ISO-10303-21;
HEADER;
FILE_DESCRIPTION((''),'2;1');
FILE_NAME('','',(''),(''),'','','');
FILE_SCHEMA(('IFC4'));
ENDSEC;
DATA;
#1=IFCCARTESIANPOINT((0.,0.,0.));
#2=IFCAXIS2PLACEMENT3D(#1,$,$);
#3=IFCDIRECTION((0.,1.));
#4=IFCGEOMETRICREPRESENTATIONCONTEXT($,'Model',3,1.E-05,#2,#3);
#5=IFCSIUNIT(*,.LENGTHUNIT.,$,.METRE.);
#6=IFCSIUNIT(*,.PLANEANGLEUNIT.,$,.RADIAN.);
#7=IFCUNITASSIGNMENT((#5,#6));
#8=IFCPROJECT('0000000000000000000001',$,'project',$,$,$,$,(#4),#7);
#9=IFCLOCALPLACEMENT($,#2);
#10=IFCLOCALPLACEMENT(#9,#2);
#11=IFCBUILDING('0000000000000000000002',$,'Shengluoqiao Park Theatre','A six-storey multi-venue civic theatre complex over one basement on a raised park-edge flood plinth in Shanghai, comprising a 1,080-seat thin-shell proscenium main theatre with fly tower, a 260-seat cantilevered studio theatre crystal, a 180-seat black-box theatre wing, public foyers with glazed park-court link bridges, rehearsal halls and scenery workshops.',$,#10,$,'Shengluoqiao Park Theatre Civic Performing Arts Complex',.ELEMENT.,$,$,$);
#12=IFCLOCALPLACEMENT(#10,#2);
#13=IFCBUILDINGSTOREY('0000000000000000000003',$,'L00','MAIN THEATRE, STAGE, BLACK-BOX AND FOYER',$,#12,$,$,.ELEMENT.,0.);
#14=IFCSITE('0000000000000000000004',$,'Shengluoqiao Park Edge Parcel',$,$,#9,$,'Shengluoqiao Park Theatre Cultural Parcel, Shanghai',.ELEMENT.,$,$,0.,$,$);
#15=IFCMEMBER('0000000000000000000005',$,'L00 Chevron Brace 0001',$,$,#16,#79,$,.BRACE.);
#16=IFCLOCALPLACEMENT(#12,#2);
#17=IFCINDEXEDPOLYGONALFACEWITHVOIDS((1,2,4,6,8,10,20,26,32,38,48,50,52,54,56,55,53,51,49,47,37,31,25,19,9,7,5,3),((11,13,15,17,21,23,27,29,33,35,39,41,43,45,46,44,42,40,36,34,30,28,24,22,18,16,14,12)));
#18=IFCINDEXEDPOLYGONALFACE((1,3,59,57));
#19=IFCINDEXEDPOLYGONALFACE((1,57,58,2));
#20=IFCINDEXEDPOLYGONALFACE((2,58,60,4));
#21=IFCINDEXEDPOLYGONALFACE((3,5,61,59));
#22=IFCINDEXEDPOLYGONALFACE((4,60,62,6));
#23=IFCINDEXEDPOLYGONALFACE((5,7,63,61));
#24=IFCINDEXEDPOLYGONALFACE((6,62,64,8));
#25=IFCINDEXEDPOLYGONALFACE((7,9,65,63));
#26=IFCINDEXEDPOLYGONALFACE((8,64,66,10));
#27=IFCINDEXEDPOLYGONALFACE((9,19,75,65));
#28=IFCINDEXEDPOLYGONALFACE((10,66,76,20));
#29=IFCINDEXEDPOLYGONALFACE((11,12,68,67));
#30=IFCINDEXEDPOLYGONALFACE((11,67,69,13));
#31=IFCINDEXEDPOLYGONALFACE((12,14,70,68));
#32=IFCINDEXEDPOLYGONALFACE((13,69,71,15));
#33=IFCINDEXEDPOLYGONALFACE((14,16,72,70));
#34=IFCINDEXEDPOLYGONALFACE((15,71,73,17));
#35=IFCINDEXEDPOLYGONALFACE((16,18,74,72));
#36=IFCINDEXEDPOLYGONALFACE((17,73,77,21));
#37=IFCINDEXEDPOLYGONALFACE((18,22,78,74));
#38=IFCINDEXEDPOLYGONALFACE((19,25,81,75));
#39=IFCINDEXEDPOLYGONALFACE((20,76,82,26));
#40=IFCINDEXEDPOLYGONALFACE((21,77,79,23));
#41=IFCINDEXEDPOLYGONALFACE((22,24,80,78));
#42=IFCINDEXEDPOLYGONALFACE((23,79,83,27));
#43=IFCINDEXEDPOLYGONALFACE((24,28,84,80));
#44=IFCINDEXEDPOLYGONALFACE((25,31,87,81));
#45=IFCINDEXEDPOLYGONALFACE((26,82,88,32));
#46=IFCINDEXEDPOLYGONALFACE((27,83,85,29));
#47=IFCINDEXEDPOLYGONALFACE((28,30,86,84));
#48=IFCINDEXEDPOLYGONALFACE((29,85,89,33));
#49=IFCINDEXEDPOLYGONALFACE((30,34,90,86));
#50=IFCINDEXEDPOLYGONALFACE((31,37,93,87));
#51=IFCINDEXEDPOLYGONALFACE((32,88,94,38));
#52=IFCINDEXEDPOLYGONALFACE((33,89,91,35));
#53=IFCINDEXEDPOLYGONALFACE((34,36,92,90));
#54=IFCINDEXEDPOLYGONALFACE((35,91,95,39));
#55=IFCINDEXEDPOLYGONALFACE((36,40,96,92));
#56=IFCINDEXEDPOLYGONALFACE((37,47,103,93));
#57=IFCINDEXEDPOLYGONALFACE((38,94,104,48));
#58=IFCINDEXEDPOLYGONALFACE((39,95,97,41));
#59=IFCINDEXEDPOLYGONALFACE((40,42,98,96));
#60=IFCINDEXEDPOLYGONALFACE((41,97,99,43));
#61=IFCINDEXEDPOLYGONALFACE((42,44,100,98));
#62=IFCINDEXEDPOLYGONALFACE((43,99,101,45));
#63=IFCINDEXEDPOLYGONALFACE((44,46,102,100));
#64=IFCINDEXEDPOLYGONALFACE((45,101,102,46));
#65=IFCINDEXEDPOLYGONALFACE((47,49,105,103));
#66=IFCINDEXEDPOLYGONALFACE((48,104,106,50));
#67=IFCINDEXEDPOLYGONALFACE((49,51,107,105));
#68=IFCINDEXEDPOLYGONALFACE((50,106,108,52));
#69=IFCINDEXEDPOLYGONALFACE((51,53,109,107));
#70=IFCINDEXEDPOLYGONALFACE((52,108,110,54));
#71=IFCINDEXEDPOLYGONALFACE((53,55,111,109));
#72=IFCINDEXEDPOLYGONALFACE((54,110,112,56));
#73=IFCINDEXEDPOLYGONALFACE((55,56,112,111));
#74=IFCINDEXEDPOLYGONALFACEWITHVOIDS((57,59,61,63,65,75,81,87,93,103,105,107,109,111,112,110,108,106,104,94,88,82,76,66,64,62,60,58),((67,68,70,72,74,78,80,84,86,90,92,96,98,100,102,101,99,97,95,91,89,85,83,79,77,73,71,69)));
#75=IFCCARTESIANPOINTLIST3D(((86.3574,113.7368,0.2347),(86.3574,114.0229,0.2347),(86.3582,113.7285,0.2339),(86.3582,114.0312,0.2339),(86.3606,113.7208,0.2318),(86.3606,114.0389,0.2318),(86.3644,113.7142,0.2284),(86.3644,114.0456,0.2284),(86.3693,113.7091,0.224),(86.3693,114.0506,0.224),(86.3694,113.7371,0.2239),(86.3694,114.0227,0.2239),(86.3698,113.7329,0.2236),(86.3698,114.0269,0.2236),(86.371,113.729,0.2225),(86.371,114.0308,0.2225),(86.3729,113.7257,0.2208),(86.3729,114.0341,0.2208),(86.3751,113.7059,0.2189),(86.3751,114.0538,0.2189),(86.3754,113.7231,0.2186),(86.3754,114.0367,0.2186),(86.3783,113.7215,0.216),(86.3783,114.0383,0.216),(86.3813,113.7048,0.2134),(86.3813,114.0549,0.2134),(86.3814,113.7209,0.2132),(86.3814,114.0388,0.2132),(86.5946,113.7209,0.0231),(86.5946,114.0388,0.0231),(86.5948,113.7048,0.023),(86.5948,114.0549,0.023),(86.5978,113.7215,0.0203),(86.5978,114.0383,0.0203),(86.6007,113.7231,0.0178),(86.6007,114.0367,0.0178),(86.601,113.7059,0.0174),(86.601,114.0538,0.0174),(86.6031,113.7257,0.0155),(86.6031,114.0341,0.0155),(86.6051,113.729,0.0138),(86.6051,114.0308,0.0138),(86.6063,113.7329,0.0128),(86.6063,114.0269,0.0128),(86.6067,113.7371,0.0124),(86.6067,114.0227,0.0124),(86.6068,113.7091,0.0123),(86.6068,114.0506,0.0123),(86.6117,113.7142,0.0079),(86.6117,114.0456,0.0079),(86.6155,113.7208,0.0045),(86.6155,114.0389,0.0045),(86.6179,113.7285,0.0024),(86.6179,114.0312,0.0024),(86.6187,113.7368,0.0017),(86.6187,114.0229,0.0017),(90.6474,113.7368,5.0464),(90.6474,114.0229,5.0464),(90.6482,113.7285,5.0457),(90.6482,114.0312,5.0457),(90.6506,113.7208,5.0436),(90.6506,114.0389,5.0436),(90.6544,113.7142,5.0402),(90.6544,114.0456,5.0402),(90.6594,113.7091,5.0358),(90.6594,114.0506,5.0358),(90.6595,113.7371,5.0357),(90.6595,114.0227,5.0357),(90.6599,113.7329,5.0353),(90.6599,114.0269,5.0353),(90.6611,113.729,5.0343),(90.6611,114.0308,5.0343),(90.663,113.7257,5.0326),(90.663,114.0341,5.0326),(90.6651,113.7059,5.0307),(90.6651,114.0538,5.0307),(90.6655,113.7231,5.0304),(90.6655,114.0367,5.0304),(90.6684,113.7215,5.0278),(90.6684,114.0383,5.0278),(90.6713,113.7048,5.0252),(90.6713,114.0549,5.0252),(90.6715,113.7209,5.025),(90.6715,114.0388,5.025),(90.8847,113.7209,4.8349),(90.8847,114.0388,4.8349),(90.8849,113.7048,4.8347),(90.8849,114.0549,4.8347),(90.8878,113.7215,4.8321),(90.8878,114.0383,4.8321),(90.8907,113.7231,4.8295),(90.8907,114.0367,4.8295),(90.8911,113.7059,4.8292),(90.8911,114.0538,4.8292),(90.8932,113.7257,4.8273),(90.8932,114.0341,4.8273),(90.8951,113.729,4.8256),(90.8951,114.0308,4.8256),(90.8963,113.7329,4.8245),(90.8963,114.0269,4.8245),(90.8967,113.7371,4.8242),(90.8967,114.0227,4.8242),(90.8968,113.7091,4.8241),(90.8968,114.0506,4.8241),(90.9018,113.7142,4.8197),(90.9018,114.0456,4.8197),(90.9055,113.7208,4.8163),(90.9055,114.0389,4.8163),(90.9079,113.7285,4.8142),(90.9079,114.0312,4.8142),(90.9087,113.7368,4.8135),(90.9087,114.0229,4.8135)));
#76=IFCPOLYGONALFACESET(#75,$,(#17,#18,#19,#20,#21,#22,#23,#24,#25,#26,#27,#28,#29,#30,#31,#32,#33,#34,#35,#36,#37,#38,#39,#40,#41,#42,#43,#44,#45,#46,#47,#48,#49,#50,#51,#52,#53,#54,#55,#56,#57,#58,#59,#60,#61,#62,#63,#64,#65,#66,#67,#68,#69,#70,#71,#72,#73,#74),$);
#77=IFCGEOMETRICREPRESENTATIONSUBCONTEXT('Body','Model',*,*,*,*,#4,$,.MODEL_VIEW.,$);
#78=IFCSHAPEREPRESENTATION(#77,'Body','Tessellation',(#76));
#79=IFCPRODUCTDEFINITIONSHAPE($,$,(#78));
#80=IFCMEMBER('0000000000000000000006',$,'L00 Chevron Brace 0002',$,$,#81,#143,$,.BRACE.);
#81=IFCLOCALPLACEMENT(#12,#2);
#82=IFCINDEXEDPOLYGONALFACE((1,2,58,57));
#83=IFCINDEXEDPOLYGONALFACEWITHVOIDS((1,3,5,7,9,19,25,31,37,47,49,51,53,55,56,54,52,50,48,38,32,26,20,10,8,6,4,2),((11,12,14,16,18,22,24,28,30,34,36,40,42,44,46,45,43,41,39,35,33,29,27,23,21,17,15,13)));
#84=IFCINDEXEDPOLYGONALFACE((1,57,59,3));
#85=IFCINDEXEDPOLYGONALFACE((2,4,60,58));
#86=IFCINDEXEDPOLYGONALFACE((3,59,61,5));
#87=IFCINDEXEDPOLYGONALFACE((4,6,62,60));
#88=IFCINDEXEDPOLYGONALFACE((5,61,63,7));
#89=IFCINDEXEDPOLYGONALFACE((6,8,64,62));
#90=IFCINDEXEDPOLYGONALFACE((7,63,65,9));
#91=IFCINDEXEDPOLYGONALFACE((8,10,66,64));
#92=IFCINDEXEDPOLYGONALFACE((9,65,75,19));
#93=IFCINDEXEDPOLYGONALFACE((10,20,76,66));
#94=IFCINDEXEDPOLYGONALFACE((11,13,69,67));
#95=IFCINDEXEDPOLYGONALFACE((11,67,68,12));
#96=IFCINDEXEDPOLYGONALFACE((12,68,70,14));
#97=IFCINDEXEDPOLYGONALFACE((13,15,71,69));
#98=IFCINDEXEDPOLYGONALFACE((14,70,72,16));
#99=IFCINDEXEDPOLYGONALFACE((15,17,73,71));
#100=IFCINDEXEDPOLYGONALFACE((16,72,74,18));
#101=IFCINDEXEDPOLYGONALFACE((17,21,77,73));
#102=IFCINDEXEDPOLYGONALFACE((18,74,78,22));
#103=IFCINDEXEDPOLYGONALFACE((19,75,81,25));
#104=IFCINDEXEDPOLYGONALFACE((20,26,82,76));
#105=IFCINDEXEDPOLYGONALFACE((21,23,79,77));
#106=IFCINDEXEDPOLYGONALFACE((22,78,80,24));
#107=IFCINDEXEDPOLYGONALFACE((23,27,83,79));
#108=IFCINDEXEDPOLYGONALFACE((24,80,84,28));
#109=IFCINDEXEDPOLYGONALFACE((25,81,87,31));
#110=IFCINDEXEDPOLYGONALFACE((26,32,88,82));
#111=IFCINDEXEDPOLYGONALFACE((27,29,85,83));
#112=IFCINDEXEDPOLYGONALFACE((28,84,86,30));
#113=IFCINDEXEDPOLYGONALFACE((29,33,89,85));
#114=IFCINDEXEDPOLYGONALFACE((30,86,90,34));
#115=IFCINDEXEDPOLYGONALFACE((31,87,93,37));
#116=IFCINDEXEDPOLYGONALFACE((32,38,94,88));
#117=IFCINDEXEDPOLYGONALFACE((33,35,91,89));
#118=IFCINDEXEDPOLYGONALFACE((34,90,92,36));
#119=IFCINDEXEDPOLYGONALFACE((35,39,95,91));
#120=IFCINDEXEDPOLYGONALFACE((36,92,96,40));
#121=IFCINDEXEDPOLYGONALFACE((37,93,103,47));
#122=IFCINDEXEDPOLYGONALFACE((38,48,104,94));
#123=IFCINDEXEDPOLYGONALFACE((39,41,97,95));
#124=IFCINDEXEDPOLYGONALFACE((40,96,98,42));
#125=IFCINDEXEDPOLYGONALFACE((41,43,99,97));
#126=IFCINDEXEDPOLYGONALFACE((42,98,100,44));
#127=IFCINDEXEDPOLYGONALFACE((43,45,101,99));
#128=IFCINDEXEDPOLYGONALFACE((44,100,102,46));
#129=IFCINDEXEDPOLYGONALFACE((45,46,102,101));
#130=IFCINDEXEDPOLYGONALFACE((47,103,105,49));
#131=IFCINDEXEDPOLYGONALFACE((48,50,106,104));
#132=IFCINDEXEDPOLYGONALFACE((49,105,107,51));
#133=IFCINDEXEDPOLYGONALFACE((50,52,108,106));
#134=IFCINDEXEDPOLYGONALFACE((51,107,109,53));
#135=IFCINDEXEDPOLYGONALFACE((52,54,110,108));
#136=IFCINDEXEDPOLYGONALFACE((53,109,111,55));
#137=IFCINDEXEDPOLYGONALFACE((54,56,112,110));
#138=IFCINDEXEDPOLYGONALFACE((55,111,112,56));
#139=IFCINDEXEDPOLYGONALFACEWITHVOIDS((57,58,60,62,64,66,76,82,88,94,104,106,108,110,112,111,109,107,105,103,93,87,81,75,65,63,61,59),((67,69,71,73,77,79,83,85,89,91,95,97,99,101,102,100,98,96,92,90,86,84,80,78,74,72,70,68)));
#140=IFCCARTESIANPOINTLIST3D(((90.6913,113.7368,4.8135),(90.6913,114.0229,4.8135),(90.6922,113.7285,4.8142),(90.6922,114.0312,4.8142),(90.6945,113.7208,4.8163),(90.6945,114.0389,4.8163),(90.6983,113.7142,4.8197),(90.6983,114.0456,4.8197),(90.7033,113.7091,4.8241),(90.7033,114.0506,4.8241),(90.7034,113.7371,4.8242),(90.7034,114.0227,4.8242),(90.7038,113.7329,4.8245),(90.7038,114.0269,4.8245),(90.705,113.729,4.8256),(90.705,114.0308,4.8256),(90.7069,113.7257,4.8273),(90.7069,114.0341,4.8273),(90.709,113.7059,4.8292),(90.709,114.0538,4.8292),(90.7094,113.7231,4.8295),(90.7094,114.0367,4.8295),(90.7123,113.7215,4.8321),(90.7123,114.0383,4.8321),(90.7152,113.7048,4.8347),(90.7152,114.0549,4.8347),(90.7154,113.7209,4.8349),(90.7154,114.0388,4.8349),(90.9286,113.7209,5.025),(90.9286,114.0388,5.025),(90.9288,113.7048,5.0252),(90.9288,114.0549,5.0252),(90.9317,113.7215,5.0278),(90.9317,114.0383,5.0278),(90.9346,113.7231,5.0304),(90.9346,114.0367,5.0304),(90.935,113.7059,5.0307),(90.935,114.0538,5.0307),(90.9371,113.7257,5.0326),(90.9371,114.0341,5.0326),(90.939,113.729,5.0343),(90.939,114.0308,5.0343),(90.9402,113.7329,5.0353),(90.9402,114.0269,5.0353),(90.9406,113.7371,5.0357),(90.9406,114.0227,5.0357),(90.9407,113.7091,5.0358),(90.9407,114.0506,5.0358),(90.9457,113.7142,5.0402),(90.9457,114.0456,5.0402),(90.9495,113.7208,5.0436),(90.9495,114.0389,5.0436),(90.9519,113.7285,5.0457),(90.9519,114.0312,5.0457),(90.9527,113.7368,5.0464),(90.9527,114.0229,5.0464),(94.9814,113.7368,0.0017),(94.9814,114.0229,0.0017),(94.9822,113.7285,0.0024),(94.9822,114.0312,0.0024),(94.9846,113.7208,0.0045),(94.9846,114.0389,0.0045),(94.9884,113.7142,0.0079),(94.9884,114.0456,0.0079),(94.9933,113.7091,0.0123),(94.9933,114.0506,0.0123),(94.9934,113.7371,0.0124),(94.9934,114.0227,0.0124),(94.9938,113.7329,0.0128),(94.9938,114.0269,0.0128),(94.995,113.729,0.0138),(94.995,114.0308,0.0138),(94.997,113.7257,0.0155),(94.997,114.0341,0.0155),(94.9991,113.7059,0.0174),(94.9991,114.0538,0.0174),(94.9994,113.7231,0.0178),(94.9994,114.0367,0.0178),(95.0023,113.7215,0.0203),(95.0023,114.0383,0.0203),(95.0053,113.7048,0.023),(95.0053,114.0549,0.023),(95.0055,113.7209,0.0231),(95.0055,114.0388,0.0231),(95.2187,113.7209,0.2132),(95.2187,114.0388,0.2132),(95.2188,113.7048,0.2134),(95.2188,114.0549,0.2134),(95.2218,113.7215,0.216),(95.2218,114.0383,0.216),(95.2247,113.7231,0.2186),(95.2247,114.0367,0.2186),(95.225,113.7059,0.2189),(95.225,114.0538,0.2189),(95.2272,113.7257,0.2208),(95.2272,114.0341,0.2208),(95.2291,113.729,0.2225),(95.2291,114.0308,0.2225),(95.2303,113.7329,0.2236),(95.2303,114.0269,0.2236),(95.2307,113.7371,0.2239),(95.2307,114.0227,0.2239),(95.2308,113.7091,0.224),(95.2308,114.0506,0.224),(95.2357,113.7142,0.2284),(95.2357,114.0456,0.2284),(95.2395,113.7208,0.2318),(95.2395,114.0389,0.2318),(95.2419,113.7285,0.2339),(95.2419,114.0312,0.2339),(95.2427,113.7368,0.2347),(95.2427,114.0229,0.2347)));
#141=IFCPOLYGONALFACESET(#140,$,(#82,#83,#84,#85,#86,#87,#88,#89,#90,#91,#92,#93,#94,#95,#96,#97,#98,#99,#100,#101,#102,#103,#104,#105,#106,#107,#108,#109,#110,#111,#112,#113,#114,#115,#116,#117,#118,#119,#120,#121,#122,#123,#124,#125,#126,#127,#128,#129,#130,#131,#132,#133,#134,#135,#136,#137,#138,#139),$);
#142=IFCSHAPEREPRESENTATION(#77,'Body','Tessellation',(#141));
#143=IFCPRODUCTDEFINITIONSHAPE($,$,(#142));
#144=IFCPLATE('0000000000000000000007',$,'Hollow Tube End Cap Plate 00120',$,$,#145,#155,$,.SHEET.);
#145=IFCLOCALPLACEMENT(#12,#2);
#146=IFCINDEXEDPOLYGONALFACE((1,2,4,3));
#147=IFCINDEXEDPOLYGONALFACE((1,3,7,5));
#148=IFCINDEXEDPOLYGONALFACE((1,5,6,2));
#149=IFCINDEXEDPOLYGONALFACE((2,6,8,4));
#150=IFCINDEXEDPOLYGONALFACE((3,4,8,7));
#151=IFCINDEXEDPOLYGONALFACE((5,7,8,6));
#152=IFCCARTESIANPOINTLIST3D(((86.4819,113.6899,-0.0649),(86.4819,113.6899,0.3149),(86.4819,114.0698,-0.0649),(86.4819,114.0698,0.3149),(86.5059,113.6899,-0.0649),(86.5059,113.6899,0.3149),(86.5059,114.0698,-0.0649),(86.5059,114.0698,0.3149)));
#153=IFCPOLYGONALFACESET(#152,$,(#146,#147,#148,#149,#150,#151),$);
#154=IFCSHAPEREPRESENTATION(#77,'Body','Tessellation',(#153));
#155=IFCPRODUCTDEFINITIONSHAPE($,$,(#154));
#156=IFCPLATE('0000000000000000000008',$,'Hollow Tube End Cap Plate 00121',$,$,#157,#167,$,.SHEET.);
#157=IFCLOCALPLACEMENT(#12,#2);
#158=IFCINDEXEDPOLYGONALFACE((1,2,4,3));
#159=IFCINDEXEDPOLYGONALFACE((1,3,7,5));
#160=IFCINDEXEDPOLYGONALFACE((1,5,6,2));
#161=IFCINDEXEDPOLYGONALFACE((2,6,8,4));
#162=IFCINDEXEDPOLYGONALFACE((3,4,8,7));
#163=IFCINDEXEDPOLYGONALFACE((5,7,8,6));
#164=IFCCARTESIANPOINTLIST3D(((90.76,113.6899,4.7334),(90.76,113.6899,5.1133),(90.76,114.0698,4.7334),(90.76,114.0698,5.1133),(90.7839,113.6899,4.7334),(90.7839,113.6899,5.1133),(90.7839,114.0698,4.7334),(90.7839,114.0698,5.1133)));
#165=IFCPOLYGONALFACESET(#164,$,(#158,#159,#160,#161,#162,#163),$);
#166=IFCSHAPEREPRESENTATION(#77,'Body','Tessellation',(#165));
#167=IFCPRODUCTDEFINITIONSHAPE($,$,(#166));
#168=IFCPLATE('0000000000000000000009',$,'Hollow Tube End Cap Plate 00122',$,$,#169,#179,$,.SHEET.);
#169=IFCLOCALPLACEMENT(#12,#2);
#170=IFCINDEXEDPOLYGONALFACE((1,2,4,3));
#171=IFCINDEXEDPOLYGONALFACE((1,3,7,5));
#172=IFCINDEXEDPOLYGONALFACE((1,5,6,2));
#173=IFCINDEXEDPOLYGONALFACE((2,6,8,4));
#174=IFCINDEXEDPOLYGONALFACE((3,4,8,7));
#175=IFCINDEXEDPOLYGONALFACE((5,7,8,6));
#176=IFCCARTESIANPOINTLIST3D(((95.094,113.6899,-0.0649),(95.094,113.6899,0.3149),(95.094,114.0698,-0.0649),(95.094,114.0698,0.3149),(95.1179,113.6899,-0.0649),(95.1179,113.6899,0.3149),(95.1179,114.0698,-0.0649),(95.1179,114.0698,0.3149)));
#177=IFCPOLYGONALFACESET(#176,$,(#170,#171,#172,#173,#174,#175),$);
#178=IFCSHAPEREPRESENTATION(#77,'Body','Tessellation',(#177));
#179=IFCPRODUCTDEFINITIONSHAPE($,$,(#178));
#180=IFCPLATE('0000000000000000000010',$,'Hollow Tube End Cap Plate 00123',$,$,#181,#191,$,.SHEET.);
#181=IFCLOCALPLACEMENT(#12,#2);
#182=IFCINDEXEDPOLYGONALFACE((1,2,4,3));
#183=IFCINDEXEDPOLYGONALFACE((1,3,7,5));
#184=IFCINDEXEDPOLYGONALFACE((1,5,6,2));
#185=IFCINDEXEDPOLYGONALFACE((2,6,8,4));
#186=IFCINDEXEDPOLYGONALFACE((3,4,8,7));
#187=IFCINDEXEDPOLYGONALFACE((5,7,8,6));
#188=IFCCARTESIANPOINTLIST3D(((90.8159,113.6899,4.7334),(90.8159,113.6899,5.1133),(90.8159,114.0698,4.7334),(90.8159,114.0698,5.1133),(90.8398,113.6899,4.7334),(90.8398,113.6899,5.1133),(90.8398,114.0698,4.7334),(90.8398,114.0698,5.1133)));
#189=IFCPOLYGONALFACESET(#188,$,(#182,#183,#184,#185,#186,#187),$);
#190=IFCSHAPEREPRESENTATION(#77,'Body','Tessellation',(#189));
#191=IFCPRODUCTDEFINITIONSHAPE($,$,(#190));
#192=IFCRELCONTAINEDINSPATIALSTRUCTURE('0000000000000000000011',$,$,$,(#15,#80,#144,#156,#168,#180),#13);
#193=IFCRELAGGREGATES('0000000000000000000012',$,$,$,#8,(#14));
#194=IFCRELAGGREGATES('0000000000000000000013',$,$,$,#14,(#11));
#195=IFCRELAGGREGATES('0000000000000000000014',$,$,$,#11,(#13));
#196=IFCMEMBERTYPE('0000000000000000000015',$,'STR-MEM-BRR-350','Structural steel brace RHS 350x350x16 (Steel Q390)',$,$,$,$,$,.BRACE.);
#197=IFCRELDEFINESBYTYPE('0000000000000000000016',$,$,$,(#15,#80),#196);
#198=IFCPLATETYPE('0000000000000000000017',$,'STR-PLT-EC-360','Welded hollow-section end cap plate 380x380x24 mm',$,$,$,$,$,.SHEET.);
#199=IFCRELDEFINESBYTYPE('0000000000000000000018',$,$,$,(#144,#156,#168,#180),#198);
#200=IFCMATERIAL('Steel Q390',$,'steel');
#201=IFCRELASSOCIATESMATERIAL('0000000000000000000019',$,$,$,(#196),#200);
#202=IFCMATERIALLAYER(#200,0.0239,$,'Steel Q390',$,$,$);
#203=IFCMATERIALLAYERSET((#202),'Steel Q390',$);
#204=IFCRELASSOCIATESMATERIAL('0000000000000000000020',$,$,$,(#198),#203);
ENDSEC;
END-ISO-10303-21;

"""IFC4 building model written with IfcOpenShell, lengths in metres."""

from ifc_helpers import new_model, si_unit, direction, frame, origin, origin_2d, place, context, subcontext, project, spatial, rectangle, hollow_rectangle, extrude, material, layer, layer_set, material_profile, profile_set, type_object, element, save


model = new_model("IFC4")

# Units and contexts
model_context = context("Model", 3, precision=1e-05, world=origin(), true_north=direction((0.0, 1.0)))
body_context = subcontext(model_context, "Body", "Model", "MODEL_VIEW")
ifc_project = project(units=[si_unit("LENGTHUNIT", "METRE"), si_unit("PLANEANGLEUNIT", "RADIAN")], contexts=[model_context])

# Site, building, storey
site_placement = place(None, origin())
site = spatial("IfcSite", under=ifc_project, at=site_placement, Name="Shengluoqiao Park Edge Parcel", LongName="Shengluoqiao Park Theatre Cultural Parcel, Shanghai", CompositionType="ELEMENT", RefElevation=0.0)
building_placement = place(site_placement, origin())
building = spatial("IfcBuilding", under=site, at=building_placement, Name="Shengluoqiao Park Theatre", Description="A six-storey multi-venue civic theatre complex over one basement on a raised park-edge flood plinth in Shanghai, comprising a 1,080-seat thin-shell proscenium main theatre with fly tower, a 260-seat cantilevered studio theatre crystal, a 180-seat black-box theatre wing, public foyers with glazed park-court link bridges, rehearsal halls and scenery workshops.", LongName="Shengluoqiao Park Theatre Civic Performing Arts Complex", CompositionType="ELEMENT")
storey_placement = place(building_placement, origin())
storey = spatial("IfcBuildingStorey", under=building, at=storey_placement, Name="L00", Description="MAIN THEATRE, STAGE, BLACK-BOX AND FOYER", CompositionType="ELEMENT", Elevation=0.0)

# Shared definitions
ifc_material_1 = material(Name="Steel Q390", Category="steel")

# Members
ifc_material_profile_1 = material_profile(ifc_material_1, hollow_rectangle(XDim=0.3501, YDim=0.3501, WallThickness=0.0161, InnerFilletRadius=0.0161, OuterFilletRadius=0.032, at=origin_2d()), Name="RHS 350x350x16")
ifc_profile_set_1 = profile_set([ifc_material_profile_1], Name="Steel Q390")
member_type = type_object("IfcMemberType", Name="STR-MEM-BRR-350", Description="Structural steel brace RHS 350x350x16 (Steel Q390)", PredefinedType="BRACE", material=ifc_profile_set_1)
for number, where, z_axis, x_axis, name in (
    (1, (86.488, 113.8799, 0.1182), (0.665482, 0.0, 0.746414), (0.0, 1.0, 0.0), "L00 Chevron Brace 0001"),
    (2, (95.1121, 113.8799, 0.1182), (-0.665482, 0.0, 0.746414), (0.0, -1.0, 0.0), "L00 Chevron Brace 0002"),
):
    element("IfcMember", number, at=place(storey_placement, frame(where, z_axis=z_axis, x_axis=x_axis)), inside=storey, type_object=member_type, Name=name, PredefinedType="BRACE", context=body_context, shape_type="SweptSolid", body=[
        extrude(hollow_rectangle(XDim=0.3501, YDim=0.3501, WallThickness=0.0161, InnerFilletRadius=0.0161, OuterFilletRadius=0.032, at=origin_2d()), origin(), (0.0, 0.0, 1.0), 6.4465),
    ])

# Plates
ifc_layer_1 = layer(ifc_material_1, 0.0239, Name="Steel Q390")
ifc_layer_set_1 = layer_set([ifc_layer_1], Name="Steel Q390")
plate_type = type_object("IfcPlateType", Name="STR-PLT-EC-360", Description="Welded hollow-section end cap plate 380x380x24 mm", PredefinedType="SHEET", material=ifc_layer_set_1)
for number, where, z_axis, x_axis, name in (
    (3, (86.4939, 113.8799, -0.0649), (0.0, 0.0, 1.0), (1.0, 0.0, 0.0), "Hollow Tube End Cap Plate 00120"),
    (4, (90.772, 113.8799, 4.7334), (0.0, 0.0, 1.0), (1.0, 0.0, 0.0), "Hollow Tube End Cap Plate 00121"),
    (5, (95.106, 113.8799, -0.0649), (0.0, 0.0, 1.0), (-1.0, 0.0, 0.0), "Hollow Tube End Cap Plate 00122"),
    (6, (90.8279, 113.8799, 4.7334), (0.0, 0.0, 1.0), (-1.0, 0.0, 0.0), "Hollow Tube End Cap Plate 00123"),
):
    element("IfcPlate", number, at=place(storey_placement, frame(where, z_axis=z_axis, x_axis=x_axis)), inside=storey, type_object=plate_type, Name=name, PredefinedType="SHEET", context=body_context, shape_type="SweptSolid", body=[
        extrude(rectangle(XDim=0.0239, YDim=0.3799, at=origin_2d()), origin(), (0.0, 0.0, 1.0), 0.3799),
    ])

save(model, "model.ifc")
